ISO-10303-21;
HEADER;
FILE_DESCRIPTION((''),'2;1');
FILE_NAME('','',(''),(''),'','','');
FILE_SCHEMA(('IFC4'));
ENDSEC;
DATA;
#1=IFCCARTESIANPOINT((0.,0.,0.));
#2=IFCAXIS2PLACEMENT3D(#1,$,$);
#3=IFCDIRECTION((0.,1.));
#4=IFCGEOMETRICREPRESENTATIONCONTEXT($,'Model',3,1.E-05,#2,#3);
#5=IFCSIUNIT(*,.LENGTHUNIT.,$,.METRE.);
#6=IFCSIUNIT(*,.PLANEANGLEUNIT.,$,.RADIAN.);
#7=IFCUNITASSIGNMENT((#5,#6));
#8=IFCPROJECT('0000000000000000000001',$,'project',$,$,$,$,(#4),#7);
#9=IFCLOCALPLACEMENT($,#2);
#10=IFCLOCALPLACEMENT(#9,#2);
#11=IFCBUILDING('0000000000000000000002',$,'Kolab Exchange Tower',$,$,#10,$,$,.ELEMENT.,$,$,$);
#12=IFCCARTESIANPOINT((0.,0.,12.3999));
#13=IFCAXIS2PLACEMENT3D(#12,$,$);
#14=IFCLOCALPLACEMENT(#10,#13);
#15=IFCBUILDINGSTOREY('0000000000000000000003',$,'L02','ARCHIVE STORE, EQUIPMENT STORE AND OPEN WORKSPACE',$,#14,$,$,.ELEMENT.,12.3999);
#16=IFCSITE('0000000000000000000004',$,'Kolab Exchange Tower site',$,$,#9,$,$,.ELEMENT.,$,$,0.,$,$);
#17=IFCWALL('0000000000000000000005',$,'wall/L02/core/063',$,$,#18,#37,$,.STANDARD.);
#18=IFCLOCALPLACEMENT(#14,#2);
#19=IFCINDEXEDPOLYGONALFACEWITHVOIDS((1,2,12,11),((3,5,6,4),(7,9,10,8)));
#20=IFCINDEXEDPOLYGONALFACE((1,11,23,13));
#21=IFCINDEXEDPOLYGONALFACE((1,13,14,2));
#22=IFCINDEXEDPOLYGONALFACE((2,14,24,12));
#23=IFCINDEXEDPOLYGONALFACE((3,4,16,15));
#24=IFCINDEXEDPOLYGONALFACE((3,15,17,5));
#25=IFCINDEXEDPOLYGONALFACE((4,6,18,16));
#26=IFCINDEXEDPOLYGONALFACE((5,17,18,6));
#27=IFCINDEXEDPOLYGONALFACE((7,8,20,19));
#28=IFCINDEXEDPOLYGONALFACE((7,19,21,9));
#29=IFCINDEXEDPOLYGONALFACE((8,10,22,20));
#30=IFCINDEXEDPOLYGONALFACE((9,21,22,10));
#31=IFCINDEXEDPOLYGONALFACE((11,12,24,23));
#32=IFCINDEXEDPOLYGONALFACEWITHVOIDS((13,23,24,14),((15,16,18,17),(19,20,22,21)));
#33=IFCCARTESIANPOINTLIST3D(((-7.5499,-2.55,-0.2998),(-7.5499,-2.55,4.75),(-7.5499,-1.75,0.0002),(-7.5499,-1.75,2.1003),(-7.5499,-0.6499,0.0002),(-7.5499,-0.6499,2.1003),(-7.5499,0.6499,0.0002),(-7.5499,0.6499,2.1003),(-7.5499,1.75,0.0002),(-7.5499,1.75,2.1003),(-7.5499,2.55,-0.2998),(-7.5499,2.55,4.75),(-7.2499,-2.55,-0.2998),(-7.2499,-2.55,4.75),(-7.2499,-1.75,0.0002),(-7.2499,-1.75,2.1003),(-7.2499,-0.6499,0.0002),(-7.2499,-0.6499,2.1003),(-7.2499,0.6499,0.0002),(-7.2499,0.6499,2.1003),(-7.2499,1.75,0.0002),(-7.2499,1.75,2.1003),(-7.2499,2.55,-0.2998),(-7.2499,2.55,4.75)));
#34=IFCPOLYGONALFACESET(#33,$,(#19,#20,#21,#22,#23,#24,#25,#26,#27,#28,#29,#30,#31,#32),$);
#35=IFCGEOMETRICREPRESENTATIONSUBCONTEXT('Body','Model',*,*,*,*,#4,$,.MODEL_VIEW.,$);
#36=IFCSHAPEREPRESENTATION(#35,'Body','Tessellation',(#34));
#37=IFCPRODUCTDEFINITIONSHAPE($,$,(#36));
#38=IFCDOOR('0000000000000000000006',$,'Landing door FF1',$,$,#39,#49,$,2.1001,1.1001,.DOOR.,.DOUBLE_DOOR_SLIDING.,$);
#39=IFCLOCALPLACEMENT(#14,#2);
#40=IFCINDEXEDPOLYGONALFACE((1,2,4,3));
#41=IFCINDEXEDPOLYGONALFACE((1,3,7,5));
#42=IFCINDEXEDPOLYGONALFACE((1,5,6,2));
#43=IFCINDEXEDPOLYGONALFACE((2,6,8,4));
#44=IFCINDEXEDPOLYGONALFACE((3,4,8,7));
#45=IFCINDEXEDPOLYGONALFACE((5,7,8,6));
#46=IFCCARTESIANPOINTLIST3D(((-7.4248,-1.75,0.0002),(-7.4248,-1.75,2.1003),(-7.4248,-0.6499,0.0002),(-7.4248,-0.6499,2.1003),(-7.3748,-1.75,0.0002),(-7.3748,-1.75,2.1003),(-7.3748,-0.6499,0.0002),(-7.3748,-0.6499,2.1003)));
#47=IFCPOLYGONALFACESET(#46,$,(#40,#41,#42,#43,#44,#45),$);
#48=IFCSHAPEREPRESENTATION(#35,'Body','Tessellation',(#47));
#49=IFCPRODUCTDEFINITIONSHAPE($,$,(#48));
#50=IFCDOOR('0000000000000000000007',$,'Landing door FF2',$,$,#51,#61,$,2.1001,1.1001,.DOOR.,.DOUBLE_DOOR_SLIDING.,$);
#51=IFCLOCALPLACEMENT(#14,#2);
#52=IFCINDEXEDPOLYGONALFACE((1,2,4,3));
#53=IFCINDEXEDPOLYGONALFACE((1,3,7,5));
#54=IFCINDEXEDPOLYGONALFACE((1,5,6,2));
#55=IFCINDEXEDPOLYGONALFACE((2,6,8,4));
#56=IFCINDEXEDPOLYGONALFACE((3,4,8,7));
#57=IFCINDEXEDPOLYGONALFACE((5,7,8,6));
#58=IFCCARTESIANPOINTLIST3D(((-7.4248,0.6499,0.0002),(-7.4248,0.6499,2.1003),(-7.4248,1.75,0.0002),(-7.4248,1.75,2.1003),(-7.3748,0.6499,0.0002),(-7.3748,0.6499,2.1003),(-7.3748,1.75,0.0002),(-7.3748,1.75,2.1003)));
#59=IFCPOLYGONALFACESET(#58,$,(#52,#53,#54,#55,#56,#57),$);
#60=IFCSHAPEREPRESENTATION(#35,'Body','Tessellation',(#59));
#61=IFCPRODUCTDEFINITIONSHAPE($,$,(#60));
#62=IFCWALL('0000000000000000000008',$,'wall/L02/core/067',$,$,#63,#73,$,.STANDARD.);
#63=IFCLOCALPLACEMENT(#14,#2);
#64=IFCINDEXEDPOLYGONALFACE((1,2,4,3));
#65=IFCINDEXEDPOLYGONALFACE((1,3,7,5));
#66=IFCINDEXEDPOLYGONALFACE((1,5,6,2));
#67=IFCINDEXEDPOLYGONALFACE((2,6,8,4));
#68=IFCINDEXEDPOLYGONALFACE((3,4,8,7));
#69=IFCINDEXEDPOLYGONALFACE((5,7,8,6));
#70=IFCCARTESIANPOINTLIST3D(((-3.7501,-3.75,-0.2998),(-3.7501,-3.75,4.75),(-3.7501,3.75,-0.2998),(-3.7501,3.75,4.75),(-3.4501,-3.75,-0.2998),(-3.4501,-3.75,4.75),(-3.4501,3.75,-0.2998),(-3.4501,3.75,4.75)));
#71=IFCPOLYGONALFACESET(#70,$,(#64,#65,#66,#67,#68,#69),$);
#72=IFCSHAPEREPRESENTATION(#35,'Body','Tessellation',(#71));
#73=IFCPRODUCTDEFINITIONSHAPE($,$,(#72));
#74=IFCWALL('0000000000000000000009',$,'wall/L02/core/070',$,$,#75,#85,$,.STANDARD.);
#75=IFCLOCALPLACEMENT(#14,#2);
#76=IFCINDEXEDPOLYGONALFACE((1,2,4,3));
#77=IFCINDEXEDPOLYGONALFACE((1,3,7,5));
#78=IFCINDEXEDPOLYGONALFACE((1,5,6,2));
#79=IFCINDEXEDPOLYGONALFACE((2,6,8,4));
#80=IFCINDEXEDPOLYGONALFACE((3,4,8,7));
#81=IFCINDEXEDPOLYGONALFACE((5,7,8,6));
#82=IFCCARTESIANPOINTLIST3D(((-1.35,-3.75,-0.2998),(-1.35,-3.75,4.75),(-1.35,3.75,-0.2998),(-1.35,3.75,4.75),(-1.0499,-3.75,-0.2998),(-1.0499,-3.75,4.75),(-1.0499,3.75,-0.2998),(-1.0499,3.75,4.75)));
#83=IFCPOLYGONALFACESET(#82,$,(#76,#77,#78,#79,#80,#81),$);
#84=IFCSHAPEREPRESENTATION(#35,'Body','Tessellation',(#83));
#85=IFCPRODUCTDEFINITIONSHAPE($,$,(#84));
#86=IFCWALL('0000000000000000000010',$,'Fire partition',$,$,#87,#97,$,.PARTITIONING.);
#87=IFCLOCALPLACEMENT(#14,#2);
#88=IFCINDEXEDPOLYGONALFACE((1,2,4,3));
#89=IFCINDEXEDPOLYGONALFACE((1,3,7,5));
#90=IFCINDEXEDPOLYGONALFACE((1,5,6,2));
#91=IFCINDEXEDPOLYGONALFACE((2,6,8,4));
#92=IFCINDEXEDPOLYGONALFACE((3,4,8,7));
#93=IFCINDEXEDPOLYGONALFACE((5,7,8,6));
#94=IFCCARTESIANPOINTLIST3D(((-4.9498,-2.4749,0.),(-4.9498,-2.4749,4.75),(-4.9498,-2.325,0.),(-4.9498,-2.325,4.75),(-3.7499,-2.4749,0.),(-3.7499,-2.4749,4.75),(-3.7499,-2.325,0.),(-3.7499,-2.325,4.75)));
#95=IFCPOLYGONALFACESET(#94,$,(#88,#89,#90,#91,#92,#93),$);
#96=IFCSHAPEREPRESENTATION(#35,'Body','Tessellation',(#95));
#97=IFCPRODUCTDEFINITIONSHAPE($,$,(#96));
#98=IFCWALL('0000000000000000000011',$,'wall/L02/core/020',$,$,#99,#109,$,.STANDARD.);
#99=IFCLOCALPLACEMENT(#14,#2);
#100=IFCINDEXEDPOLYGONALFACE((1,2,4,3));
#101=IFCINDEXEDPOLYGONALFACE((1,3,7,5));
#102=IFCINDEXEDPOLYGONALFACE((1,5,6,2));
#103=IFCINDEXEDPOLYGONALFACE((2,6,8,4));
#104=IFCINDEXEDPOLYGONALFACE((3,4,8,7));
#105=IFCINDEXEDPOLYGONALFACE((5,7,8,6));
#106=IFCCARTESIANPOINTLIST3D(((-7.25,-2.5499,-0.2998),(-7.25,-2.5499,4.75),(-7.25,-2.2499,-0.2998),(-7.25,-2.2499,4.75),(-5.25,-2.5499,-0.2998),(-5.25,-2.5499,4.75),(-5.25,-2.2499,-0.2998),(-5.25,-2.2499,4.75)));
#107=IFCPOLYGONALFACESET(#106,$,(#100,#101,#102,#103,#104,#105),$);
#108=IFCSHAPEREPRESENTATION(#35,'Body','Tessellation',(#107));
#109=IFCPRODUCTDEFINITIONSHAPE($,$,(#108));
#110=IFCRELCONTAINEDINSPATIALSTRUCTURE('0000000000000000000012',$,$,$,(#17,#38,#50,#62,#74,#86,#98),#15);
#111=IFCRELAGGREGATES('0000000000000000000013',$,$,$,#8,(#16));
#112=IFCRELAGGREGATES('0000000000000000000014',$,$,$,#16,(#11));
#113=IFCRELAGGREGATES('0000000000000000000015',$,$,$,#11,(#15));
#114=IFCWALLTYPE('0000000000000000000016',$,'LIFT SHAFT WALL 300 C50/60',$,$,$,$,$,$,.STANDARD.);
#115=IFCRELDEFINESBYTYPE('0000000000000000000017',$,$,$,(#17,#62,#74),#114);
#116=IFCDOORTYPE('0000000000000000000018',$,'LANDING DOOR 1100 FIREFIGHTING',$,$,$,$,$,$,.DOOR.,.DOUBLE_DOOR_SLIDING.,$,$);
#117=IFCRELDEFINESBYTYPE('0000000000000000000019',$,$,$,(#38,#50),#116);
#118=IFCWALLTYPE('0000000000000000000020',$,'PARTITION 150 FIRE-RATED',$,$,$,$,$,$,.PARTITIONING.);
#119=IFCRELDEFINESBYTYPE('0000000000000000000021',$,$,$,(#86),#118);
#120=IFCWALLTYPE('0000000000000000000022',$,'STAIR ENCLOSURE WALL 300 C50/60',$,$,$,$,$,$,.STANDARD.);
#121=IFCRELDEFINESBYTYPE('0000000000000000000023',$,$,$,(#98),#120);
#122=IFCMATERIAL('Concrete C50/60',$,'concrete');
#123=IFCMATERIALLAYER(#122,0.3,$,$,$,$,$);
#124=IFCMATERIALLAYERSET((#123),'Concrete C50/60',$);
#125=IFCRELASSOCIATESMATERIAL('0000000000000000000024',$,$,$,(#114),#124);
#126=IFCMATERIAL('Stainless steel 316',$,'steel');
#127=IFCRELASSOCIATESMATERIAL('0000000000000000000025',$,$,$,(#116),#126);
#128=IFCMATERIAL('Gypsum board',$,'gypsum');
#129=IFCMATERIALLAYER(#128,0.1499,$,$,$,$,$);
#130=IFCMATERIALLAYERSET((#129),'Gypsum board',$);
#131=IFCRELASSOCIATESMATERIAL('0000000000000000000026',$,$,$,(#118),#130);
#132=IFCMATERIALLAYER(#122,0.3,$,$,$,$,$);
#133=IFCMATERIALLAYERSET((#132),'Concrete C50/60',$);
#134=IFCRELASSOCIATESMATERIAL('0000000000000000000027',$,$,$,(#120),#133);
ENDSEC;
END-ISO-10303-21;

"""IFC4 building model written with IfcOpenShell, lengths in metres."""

from ifc_helpers import new_model, si_unit, direction, frame, frame_2d, origin, place, context, subcontext, project, spatial, rectangle, extrude, material, layer, layer_set, type_object, element, fill, save


model = new_model("IFC4")

# Units and contexts
model_context = context("Model", 3, precision=1e-05, world=origin(), true_north=direction((0.0, 1.0)))
body_context = subcontext(model_context, "Body", "Model", "MODEL_VIEW")
ifc_project = project(units=[si_unit("LENGTHUNIT", "METRE"), si_unit("PLANEANGLEUNIT", "RADIAN")], contexts=[model_context])

# Site, building, storey
site_placement = place(None, origin())
site = spatial("IfcSite", under=ifc_project, at=site_placement, Name="Kolab Exchange Tower site", CompositionType="ELEMENT", RefElevation=0.0)
building_placement = place(site_placement, origin())
building = spatial("IfcBuilding", under=site, at=building_placement, Name="Kolab Exchange Tower", CompositionType="ELEMENT")
storey_placement = place(building_placement, frame((0.0, 0.0, 12.3999)))
storey = spatial("IfcBuildingStorey", under=building, at=storey_placement, Name="L02", Description="ARCHIVE STORE, EQUIPMENT STORE AND OPEN WORKSPACE", CompositionType="ELEMENT", Elevation=12.3999)

# Shared definitions
ifc_material_1 = material(Name="Concrete C50/60", Category="concrete")
ifc_layer_1 = layer(ifc_material_1, 0.3)
ifc_layer_set_1 = layer_set([ifc_layer_1], Name="Concrete C50/60")
wall_type_1 = type_object("IfcWallType", Name="LIFT SHAFT WALL 300 C50/60", PredefinedType="STANDARD", material=ifc_layer_set_1)

# Wall, openings, doors
wall_1_placement = place(storey_placement, frame((-7.3999, -2.55, -0.2998), z_axis=(0.0, 0.0, 1.0), x_axis=(0.0, 1.0, 0.0)))
wall_1 = element("IfcWall", 1, at=wall_1_placement, inside=storey, type_object=wall_type_1, Name="wall/L02/core/063", PredefinedType="STANDARD", context=body_context, shape_type="SweptSolid", body=[
    extrude(rectangle(XDim=5.1001, YDim=0.3, at=frame_2d((2.55, 0.0))), origin(), (0.0, 0.0, 1.0), 5.0498),
])
opening_1_placement = place(wall_1_placement, frame((0.8, 0.0, 0.3)))
opening_1 = element("IfcOpeningElement", 2, at=opening_1_placement, cuts=wall_1, PredefinedType="OPENING", context=body_context, shape_type="SweptSolid", body=[
    extrude(rectangle(XDim=1.1001, YDim=2.1001, at=frame_2d((0.55, 1.05))), frame((0.0, 0.1602, 0.0), z_axis=(0.0, -1.0, 0.0), x_axis=(1.0, 0.0, 0.0)), (0.0, 0.0, 1.0), 0.3201),
])
opening_2_placement = place(wall_1_placement, frame((3.2, 0.0, 0.3)))
opening_2 = element("IfcOpeningElement", 3, at=opening_2_placement, cuts=wall_1, PredefinedType="OPENING", context=body_context, shape_type="SweptSolid", body=[
    extrude(rectangle(XDim=1.1001, YDim=2.1001, at=frame_2d((0.55, 1.05))), frame((0.0, 0.1602, 0.0), z_axis=(0.0, -1.0, 0.0), x_axis=(1.0, 0.0, 0.0)), (0.0, 0.0, 1.0), 0.3201),
])
ifc_material_2 = material(Name="Stainless steel 316", Category="steel")
door_type_1 = type_object("IfcDoorType", Name="LANDING DOOR 1100 FIREFIGHTING", OperationType="DOUBLE_DOOR_SLIDING", PredefinedType="DOOR", material=ifc_material_2)
door_1_placement = place(opening_1_placement, origin())
door_1 = element("IfcDoor", 4, at=door_1_placement, inside=storey, type_object=door_type_1, Name="Landing door FF1", OperationType="DOUBLE_DOOR_SLIDING", OverallHeight=2.1001, OverallWidth=1.1001, PredefinedType="DOOR", context=body_context, shape_type="SweptSolid", body=[
    extrude(rectangle(XDim=1.1001, YDim=2.1001, at=frame_2d((0.55, 1.05))), frame((0.0, 0.0249, 0.0), z_axis=(0.0, -1.0, 0.0), x_axis=(1.0, 0.0, 0.0)), (0.0, 0.0, 1.0), 0.05),
])
fill(opening_1, door_1)
door_2_placement = place(opening_2_placement, origin())
door_2 = element("IfcDoor", 5, at=door_2_placement, inside=storey, type_object=door_type_1, Name="Landing door FF2", OperationType="DOUBLE_DOOR_SLIDING", OverallHeight=2.1001, OverallWidth=1.1001, PredefinedType="DOOR", context=body_context, shape_type="SweptSolid", body=[
    extrude(rectangle(XDim=1.1001, YDim=2.1001, at=frame_2d((0.55, 1.05))), frame((0.0, 0.0249, 0.0), z_axis=(0.0, -1.0, 0.0), x_axis=(1.0, 0.0, 0.0)), (0.0, 0.0, 1.0), 0.05),
])
fill(opening_2, door_2)

# Walls
for number, where, z_axis, x_axis, name in (
    (6, (-3.6001, -3.75, -0.2998), (0.0, 0.0, 1.0), (0.0, 1.0, 0.0), "wall/L02/core/067"),
    (7, (-1.2, -3.75, -0.2998), (0.0, 0.0, 1.0), (0.0, 1.0, 0.0), "wall/L02/core/070"),
):
    element("IfcWall", number, at=place(storey_placement, frame(where, z_axis=z_axis, x_axis=x_axis)), inside=storey, type_object=wall_type_1, Name=name, PredefinedType="STANDARD", context=body_context, shape_type="SweptSolid", body=[
        extrude(rectangle(XDim=7.5, YDim=0.3, at=frame_2d((3.75, 0.0))), origin(), (0.0, 0.0, 1.0), 5.0498),
    ])
ifc_material_3 = material(Name="Gypsum board", Category="gypsum")
ifc_layer_2 = layer(ifc_material_3, 0.1499)
ifc_layer_set_2 = layer_set([ifc_layer_2], Name="Gypsum board")
wall_type_2 = type_object("IfcWallType", Name="PARTITION 150 FIRE-RATED", PredefinedType="PARTITIONING", material=ifc_layer_set_2)
wall_2_placement = place(storey_placement, frame((-4.95, -2.3999, 0.0), z_axis=(0.0, 0.0, 1.0), x_axis=(1.0, 0.0, 0.0)))
element("IfcWall", 8, at=wall_2_placement, inside=storey, type_object=wall_type_2, Name="Fire partition", PredefinedType="PARTITIONING", context=body_context, shape_type="SweptSolid", body=[
    extrude(rectangle(XDim=1.2, YDim=0.1499, at=frame_2d((0.6001, 0.0))), origin(), (0.0, 0.0, 1.0), 4.75),
])
ifc_layer_3 = layer(ifc_material_1, 0.3)
ifc_layer_set_3 = layer_set([ifc_layer_3], Name="Concrete C50/60")
wall_type_3 = type_object("IfcWallType", Name="STAIR ENCLOSURE WALL 300 C50/60", PredefinedType="STANDARD", material=ifc_layer_set_3)
wall_3_placement = place(storey_placement, frame((-7.25, -2.3999, -0.2998), z_axis=(0.0, 0.0, 1.0), x_axis=(1.0, 0.0, 0.0)))
element("IfcWall", 9, at=wall_3_placement, inside=storey, type_object=wall_type_3, Name="wall/L02/core/020", PredefinedType="STANDARD", context=body_context, shape_type="SweptSolid", body=[
    extrude(rectangle(XDim=2.0, YDim=0.3, at=frame_2d((1.0, 0.0))), origin(), (0.0, 0.0, 1.0), 5.0498),
])

save(model, "model.ifc")
